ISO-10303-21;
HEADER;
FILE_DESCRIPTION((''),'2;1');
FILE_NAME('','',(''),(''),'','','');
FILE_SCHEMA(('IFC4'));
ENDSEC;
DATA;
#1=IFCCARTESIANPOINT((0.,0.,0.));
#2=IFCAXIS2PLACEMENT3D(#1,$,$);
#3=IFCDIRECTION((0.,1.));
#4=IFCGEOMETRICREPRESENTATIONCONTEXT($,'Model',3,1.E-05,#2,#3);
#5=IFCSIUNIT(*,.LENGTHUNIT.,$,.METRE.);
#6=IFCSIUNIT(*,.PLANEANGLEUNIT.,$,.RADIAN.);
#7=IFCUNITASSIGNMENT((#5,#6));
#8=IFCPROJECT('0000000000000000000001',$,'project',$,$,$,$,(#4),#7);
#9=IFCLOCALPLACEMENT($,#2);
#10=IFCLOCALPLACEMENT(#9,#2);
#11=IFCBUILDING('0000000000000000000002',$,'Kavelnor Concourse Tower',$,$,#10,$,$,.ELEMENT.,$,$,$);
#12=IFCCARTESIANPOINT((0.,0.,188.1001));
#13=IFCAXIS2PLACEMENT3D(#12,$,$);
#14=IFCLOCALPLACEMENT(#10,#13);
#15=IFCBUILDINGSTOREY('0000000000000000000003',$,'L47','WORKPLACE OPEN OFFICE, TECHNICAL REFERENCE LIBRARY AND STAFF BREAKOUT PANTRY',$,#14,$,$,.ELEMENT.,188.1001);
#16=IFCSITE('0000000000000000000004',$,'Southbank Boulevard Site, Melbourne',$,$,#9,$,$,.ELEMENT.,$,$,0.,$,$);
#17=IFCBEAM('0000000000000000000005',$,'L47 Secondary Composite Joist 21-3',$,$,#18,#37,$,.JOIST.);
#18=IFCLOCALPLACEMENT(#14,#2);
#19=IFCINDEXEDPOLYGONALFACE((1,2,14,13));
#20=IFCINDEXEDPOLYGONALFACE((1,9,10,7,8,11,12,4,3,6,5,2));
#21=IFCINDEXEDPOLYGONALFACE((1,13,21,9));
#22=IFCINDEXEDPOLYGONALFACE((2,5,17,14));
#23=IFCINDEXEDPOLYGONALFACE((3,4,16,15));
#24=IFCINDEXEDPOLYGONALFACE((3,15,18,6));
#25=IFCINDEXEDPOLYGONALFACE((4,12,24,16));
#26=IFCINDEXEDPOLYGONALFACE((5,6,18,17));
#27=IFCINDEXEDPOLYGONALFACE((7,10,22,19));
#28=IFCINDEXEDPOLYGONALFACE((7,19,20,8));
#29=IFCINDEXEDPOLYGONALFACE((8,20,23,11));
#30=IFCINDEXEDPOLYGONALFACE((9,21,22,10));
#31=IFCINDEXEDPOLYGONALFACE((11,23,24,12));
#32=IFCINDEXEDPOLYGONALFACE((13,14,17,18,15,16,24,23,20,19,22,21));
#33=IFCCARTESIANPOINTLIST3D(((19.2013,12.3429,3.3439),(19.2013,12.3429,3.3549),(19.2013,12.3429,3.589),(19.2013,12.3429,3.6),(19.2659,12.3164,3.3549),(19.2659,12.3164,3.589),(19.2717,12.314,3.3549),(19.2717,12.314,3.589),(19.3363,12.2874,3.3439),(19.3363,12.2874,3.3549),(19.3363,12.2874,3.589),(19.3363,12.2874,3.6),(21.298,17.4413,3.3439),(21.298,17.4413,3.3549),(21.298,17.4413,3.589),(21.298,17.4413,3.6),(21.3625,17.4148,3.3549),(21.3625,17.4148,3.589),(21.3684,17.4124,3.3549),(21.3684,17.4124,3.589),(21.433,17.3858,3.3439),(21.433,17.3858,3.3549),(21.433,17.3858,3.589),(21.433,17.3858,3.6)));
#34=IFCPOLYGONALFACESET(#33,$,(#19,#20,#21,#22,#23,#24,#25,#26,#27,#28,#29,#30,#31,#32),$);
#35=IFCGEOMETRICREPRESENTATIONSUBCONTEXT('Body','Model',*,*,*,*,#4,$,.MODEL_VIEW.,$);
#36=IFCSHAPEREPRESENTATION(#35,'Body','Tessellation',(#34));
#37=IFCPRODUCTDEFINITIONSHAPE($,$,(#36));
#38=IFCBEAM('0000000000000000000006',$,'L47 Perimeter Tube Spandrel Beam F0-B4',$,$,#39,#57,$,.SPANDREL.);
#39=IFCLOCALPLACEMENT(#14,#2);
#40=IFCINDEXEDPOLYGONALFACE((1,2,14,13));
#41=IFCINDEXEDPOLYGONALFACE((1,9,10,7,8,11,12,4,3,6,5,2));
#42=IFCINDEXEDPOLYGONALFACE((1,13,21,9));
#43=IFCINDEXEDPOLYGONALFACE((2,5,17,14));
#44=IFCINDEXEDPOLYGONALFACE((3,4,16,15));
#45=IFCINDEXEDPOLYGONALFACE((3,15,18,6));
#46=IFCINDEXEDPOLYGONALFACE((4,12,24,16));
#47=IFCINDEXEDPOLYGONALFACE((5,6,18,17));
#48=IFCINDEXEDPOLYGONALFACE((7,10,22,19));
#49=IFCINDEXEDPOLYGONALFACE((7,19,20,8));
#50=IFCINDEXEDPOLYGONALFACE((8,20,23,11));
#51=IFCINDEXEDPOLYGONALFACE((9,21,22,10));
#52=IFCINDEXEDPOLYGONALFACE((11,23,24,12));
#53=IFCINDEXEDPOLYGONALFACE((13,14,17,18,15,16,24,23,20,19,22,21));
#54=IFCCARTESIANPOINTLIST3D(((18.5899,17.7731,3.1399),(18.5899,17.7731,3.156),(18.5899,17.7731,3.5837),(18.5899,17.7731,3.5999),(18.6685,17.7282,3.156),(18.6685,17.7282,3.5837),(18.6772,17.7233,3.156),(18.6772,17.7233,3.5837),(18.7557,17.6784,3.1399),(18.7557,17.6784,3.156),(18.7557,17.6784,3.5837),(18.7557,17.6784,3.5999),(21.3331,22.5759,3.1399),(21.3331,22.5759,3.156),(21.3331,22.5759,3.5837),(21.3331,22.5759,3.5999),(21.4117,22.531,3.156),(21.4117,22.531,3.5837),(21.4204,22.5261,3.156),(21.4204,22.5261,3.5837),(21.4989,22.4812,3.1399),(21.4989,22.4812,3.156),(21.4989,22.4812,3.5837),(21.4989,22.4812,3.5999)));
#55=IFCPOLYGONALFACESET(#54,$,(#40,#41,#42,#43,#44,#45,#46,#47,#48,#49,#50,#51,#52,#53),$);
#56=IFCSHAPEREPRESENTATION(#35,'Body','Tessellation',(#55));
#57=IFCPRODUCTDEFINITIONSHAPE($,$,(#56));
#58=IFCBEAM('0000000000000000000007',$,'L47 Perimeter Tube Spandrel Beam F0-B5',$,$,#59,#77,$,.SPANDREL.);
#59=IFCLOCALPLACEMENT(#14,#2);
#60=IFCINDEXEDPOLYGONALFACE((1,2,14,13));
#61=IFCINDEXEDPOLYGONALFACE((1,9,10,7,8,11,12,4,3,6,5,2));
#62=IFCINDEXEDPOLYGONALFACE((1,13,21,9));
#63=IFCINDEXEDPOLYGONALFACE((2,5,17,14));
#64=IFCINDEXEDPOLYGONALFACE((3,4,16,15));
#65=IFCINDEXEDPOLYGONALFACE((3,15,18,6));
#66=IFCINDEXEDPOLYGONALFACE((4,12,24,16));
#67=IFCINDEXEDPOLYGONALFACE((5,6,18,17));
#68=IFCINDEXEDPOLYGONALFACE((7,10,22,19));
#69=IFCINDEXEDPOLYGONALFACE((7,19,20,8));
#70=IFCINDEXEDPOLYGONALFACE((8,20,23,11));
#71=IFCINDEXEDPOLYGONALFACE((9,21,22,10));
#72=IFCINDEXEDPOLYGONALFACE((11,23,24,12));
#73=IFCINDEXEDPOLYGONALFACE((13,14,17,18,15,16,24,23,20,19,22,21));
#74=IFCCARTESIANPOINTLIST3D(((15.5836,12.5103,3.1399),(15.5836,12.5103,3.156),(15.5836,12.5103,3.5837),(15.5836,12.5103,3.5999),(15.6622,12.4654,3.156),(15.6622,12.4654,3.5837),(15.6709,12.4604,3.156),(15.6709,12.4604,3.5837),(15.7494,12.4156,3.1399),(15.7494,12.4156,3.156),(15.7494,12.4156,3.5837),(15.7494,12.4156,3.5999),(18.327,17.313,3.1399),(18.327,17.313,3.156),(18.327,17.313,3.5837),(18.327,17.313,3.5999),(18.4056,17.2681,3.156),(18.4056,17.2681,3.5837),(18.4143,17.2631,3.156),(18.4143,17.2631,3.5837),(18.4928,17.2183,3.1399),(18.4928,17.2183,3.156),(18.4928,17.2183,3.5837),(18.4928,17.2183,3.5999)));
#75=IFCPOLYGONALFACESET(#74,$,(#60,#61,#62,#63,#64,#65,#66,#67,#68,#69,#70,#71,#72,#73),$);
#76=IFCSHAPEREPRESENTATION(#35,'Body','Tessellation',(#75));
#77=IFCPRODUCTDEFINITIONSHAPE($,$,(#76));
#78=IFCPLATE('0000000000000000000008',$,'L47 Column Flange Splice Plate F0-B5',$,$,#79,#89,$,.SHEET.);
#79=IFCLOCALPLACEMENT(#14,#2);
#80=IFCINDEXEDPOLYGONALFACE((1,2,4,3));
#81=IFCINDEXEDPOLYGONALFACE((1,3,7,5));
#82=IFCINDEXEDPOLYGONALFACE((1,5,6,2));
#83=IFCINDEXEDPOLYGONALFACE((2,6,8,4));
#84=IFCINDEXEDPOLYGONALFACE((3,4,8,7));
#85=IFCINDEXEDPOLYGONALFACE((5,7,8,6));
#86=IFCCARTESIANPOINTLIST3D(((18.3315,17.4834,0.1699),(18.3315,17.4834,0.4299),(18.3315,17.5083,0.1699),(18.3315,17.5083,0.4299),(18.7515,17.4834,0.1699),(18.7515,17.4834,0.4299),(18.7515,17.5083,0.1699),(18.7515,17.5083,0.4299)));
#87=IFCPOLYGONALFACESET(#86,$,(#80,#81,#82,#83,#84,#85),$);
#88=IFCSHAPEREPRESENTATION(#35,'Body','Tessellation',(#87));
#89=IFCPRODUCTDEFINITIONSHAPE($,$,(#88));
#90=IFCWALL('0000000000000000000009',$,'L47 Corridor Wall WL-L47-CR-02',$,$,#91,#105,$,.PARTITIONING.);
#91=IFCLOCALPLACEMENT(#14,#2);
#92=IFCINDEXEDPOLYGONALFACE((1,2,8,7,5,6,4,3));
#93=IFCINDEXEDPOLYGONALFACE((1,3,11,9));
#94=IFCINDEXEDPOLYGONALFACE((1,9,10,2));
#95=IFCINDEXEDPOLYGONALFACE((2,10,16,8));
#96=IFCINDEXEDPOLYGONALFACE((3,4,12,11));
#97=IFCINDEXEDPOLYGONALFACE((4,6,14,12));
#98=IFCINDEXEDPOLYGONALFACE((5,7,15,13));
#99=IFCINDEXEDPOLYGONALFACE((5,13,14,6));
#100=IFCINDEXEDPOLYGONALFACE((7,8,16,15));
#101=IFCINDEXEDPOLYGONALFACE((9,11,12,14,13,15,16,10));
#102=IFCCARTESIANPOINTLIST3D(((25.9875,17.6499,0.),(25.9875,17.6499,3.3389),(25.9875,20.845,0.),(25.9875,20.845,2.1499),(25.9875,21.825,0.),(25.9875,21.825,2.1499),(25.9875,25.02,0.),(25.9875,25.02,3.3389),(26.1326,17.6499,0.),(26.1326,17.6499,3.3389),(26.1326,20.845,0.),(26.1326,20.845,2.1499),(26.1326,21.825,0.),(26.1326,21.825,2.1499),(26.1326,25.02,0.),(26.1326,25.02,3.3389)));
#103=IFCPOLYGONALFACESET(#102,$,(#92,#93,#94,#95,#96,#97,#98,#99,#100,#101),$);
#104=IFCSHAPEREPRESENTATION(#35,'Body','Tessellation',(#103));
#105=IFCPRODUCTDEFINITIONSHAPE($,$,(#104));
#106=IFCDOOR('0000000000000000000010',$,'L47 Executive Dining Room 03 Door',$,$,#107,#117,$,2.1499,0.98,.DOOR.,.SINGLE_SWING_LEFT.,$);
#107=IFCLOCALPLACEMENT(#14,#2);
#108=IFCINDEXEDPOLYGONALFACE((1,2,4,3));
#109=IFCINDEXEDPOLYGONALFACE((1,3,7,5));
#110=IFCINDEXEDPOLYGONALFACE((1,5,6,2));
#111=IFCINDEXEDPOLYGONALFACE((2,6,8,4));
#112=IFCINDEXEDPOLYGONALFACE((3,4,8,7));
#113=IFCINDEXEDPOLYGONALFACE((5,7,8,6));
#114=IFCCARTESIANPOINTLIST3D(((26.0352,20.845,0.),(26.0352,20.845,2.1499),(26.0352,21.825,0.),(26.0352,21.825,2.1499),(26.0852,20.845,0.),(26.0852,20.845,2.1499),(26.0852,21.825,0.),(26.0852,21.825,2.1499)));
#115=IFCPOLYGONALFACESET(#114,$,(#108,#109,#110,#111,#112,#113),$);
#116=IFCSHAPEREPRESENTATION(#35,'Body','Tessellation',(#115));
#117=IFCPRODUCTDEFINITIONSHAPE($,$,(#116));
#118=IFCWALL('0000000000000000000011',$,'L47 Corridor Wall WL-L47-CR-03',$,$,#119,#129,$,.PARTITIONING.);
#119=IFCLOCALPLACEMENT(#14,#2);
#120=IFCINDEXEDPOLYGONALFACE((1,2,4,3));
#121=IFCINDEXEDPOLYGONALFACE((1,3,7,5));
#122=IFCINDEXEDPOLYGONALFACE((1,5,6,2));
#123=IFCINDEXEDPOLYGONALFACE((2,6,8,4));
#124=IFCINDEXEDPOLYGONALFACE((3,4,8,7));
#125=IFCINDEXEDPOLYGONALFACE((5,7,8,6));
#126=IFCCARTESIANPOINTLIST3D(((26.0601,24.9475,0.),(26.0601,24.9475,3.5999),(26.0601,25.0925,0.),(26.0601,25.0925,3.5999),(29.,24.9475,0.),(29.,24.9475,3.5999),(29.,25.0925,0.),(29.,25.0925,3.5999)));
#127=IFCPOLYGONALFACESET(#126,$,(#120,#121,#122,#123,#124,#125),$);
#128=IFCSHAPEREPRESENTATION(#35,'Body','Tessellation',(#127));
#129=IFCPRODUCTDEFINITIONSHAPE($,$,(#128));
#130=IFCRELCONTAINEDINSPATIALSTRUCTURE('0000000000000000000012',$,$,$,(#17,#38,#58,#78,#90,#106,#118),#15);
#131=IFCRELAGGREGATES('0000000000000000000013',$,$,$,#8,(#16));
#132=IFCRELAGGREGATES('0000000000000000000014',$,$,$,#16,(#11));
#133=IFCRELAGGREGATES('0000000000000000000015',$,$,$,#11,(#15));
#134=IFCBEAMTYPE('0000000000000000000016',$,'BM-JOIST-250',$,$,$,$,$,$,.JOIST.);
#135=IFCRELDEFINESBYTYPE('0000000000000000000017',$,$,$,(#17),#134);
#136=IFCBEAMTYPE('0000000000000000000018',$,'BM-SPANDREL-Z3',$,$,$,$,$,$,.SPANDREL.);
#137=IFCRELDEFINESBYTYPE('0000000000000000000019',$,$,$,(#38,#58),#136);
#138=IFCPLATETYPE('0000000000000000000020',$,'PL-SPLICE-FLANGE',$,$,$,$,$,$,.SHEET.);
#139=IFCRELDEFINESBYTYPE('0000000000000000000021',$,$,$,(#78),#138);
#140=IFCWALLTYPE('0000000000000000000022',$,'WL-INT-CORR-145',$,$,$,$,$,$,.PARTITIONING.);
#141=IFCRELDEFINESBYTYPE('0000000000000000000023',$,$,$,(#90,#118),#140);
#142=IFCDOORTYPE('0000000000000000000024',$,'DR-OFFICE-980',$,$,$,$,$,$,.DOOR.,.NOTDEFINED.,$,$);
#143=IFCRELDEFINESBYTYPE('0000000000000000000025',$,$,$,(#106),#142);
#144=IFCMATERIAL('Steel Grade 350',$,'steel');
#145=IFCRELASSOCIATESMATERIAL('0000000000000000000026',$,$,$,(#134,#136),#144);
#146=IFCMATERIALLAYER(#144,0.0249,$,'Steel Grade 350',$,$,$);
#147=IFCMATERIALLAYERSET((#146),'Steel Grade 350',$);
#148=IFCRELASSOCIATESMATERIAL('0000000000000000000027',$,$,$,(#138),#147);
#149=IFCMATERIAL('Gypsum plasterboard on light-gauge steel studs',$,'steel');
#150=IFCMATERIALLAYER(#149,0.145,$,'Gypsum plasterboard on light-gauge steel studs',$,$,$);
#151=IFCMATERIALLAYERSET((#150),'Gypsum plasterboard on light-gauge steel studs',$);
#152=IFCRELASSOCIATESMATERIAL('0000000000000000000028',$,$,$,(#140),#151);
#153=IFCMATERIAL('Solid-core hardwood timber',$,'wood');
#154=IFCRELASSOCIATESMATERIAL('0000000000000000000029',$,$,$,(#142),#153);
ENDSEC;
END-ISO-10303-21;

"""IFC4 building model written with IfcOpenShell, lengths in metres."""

from ifc_helpers import new_model, si_unit, direction, frame, frame_2d, origin, origin_2d, place, context, subcontext, project, spatial, rectangle, i_section, extrude, material, layer, layer_set, material_profile, profile_set, type_object, element, fill, save


model = new_model("IFC4")

# Units and contexts
model_context = context("Model", 3, precision=1e-05, world=origin(), true_north=direction((0.0, 1.0)))
body_context = subcontext(model_context, "Body", "Model", "MODEL_VIEW")
ifc_project = project(units=[si_unit("LENGTHUNIT", "METRE"), si_unit("PLANEANGLEUNIT", "RADIAN")], contexts=[model_context])

# Site, building, storey
site_placement = place(None, origin())
site = spatial("IfcSite", under=ifc_project, at=site_placement, Name="Southbank Boulevard Site, Melbourne", CompositionType="ELEMENT", RefElevation=0.0)
building_placement = place(site_placement, origin())
building = spatial("IfcBuilding", under=site, at=building_placement, Name="Kavelnor Concourse Tower", CompositionType="ELEMENT")
storey_placement = place(building_placement, frame((0.0, 0.0, 188.1001)))
storey = spatial("IfcBuildingStorey", under=building, at=storey_placement, Name="L47", Description="WORKPLACE OPEN OFFICE, TECHNICAL REFERENCE LIBRARY AND STAFF BREAKOUT PANTRY", CompositionType="ELEMENT", Elevation=188.1001)

# Shared definitions
ifc_material_1 = material(Name="Steel Grade 350", Category="steel")

# Beams
ifc_material_profile_1 = material_profile(ifc_material_1, i_section(OverallWidth=0.146, OverallDepth=0.2561, WebThickness=0.0063, FlangeThickness=0.011, at=origin_2d()), Name="250UB37")
ifc_profile_set_1 = profile_set([ifc_material_profile_1], Name="Steel Grade 350")
beam_type_1 = type_object("IfcBeamType", Name="BM-JOIST-250", PredefinedType="JOIST", material=ifc_profile_set_1)
beam_1_placement = place(storey_placement, frame((21.3655, 17.4136, 3.4719), z_axis=(-0.380338, -0.924848, 0.0), x_axis=(0.924848, -0.380338, 0.0)))
element("IfcBeam", 1, at=beam_1_placement, inside=storey, type_object=beam_type_1, Name="L47 Secondary Composite Joist 21-3", PredefinedType="JOIST", context=body_context, shape_type="SweptSolid", body=[
    extrude(i_section(OverallWidth=0.146, OverallDepth=0.2561, WebThickness=0.0063, FlangeThickness=0.011, at=origin_2d()), origin(), (0.0, 0.0, 1.0), 5.5127),
])
ifc_material_profile_2 = material_profile(ifc_material_1, i_section(OverallWidth=0.1909, OverallDepth=0.46, WebThickness=0.01, FlangeThickness=0.0161, at=origin_2d()), Name="460UB82")
ifc_profile_set_2 = profile_set([ifc_material_profile_2], Name="Steel Grade 350")
beam_type_2 = type_object("IfcBeamType", Name="BM-SPANDREL-Z3", PredefinedType="SPANDREL", material=ifc_profile_set_2)
for number, where, z_axis, x_axis, name in (
    (2, (21.416, 22.5286, 3.3699), (-0.495968, -0.868341, 0.0), (0.868341, -0.495968, 0.0), "L47 Perimeter Tube Spandrel Beam F0-B4"),
    (3, (18.4099, 17.2656, 3.3699), (-0.496001, -0.868322, 0.0), (0.868322, -0.496001, 0.0), "L47 Perimeter Tube Spandrel Beam F0-B5"),
):
    element("IfcBeam", number, at=place(storey_placement, frame(where, z_axis=z_axis, x_axis=x_axis)), inside=storey, type_object=beam_type_2, Name=name, PredefinedType="SPANDREL", context=body_context, shape_type="SweptSolid", body=[
        extrude(i_section(OverallWidth=0.1909, OverallDepth=0.46, WebThickness=0.01, FlangeThickness=0.0161, at=origin_2d()), origin(), (0.0, 0.0, 1.0), 5.531),
    ])

# Plate
ifc_layer_1 = layer(ifc_material_1, 0.0249, Name="Steel Grade 350")
ifc_layer_set_1 = layer_set([ifc_layer_1], Name="Steel Grade 350")
plate_type = type_object("IfcPlateType", Name="PL-SPLICE-FLANGE", PredefinedType="SHEET", material=ifc_layer_set_1)
plate_placement = place(storey_placement, frame((18.5415, 17.4958, 0.1699), z_axis=(0.0, 0.0, 1.0), x_axis=(1.0, 0.0, 0.0)))
element("IfcPlate", 4, at=plate_placement, inside=storey, type_object=plate_type, Name="L47 Column Flange Splice Plate F0-B5", PredefinedType="SHEET", context=body_context, shape_type="SweptSolid", body=[
    extrude(rectangle(XDim=0.4199, YDim=0.0249, at=origin_2d()), origin(), (0.0, 0.0, 1.0), 0.26),
])

# Wall, opening, door
ifc_material_2 = material(Name="Gypsum plasterboard on light-gauge steel studs", Category="steel")
ifc_layer_2 = layer(ifc_material_2, 0.145, Name="Gypsum plasterboard on light-gauge steel studs")
ifc_layer_set_2 = layer_set([ifc_layer_2], Name="Gypsum plasterboard on light-gauge steel studs")
wall_type = type_object("IfcWallType", Name="WL-INT-CORR-145", PredefinedType="PARTITIONING", material=ifc_layer_set_2)
wall_1_placement = place(storey_placement, frame((26.0601, 17.6499, 0.0), z_axis=(0.0, 0.0, 1.0), x_axis=(0.0, 1.0, 0.0)))
wall_1 = element("IfcWall", 5, at=wall_1_placement, inside=storey, type_object=wall_type, Name="L47 Corridor Wall WL-L47-CR-02", PredefinedType="PARTITIONING", context=body_context, shape_type="SweptSolid", body=[
    extrude(rectangle(XDim=7.3701, YDim=0.145, at=frame_2d((3.6851, 0.0))), origin(), (0.0, 0.0, 1.0), 3.3389),
])
opening_placement = place(wall_1_placement, frame((3.1951, 0.0, 0.0)))
opening = element("IfcOpeningElement", 6, at=opening_placement, cuts=wall_1, PredefinedType="OPENING", context=body_context, shape_type="SweptSolid", body=[
    extrude(rectangle(XDim=0.98, YDim=2.1499, at=frame_2d((0.49, 1.075))), frame((0.0, 0.0825, 0.0), z_axis=(0.0, -1.0, 0.0), x_axis=(1.0, 0.0, 0.0)), (0.0, 0.0, 1.0), 0.165),
])
ifc_material_3 = material(Name="Solid-core hardwood timber", Category="wood")
door_type = type_object("IfcDoorType", Name="DR-OFFICE-980", OperationType="NOTDEFINED", PredefinedType="DOOR", material=ifc_material_3)
door_placement = place(opening_placement, origin())
door = element("IfcDoor", 7, at=door_placement, inside=storey, type_object=door_type, Name="L47 Executive Dining Room 03 Door", OperationType="SINGLE_SWING_LEFT", OverallHeight=2.1499, OverallWidth=0.98, PredefinedType="DOOR", context=body_context, shape_type="SweptSolid", body=[
    extrude(rectangle(XDim=0.98, YDim=2.1499, at=frame_2d((0.49, 1.075))), frame((0.0, 0.0249, 0.0), z_axis=(0.0, -1.0, 0.0), x_axis=(1.0, 0.0, 0.0)), (0.0, 0.0, 1.0), 0.05),
])
fill(opening, door)

# Wall
wall_2_placement = place(storey_placement, frame((26.0601, 25.02, 0.0), z_axis=(0.0, 0.0, 1.0), x_axis=(1.0, 0.0, 0.0)))
element("IfcWall", 8, at=wall_2_placement, inside=storey, type_object=wall_type, Name="L47 Corridor Wall WL-L47-CR-03", PredefinedType="PARTITIONING", context=body_context, shape_type="SweptSolid", body=[
    extrude(rectangle(XDim=2.9399, YDim=0.145, at=frame_2d((1.47, 0.0))), origin(), (0.0, 0.0, 1.0), 3.5999),
])

save(model, "model.ifc")
